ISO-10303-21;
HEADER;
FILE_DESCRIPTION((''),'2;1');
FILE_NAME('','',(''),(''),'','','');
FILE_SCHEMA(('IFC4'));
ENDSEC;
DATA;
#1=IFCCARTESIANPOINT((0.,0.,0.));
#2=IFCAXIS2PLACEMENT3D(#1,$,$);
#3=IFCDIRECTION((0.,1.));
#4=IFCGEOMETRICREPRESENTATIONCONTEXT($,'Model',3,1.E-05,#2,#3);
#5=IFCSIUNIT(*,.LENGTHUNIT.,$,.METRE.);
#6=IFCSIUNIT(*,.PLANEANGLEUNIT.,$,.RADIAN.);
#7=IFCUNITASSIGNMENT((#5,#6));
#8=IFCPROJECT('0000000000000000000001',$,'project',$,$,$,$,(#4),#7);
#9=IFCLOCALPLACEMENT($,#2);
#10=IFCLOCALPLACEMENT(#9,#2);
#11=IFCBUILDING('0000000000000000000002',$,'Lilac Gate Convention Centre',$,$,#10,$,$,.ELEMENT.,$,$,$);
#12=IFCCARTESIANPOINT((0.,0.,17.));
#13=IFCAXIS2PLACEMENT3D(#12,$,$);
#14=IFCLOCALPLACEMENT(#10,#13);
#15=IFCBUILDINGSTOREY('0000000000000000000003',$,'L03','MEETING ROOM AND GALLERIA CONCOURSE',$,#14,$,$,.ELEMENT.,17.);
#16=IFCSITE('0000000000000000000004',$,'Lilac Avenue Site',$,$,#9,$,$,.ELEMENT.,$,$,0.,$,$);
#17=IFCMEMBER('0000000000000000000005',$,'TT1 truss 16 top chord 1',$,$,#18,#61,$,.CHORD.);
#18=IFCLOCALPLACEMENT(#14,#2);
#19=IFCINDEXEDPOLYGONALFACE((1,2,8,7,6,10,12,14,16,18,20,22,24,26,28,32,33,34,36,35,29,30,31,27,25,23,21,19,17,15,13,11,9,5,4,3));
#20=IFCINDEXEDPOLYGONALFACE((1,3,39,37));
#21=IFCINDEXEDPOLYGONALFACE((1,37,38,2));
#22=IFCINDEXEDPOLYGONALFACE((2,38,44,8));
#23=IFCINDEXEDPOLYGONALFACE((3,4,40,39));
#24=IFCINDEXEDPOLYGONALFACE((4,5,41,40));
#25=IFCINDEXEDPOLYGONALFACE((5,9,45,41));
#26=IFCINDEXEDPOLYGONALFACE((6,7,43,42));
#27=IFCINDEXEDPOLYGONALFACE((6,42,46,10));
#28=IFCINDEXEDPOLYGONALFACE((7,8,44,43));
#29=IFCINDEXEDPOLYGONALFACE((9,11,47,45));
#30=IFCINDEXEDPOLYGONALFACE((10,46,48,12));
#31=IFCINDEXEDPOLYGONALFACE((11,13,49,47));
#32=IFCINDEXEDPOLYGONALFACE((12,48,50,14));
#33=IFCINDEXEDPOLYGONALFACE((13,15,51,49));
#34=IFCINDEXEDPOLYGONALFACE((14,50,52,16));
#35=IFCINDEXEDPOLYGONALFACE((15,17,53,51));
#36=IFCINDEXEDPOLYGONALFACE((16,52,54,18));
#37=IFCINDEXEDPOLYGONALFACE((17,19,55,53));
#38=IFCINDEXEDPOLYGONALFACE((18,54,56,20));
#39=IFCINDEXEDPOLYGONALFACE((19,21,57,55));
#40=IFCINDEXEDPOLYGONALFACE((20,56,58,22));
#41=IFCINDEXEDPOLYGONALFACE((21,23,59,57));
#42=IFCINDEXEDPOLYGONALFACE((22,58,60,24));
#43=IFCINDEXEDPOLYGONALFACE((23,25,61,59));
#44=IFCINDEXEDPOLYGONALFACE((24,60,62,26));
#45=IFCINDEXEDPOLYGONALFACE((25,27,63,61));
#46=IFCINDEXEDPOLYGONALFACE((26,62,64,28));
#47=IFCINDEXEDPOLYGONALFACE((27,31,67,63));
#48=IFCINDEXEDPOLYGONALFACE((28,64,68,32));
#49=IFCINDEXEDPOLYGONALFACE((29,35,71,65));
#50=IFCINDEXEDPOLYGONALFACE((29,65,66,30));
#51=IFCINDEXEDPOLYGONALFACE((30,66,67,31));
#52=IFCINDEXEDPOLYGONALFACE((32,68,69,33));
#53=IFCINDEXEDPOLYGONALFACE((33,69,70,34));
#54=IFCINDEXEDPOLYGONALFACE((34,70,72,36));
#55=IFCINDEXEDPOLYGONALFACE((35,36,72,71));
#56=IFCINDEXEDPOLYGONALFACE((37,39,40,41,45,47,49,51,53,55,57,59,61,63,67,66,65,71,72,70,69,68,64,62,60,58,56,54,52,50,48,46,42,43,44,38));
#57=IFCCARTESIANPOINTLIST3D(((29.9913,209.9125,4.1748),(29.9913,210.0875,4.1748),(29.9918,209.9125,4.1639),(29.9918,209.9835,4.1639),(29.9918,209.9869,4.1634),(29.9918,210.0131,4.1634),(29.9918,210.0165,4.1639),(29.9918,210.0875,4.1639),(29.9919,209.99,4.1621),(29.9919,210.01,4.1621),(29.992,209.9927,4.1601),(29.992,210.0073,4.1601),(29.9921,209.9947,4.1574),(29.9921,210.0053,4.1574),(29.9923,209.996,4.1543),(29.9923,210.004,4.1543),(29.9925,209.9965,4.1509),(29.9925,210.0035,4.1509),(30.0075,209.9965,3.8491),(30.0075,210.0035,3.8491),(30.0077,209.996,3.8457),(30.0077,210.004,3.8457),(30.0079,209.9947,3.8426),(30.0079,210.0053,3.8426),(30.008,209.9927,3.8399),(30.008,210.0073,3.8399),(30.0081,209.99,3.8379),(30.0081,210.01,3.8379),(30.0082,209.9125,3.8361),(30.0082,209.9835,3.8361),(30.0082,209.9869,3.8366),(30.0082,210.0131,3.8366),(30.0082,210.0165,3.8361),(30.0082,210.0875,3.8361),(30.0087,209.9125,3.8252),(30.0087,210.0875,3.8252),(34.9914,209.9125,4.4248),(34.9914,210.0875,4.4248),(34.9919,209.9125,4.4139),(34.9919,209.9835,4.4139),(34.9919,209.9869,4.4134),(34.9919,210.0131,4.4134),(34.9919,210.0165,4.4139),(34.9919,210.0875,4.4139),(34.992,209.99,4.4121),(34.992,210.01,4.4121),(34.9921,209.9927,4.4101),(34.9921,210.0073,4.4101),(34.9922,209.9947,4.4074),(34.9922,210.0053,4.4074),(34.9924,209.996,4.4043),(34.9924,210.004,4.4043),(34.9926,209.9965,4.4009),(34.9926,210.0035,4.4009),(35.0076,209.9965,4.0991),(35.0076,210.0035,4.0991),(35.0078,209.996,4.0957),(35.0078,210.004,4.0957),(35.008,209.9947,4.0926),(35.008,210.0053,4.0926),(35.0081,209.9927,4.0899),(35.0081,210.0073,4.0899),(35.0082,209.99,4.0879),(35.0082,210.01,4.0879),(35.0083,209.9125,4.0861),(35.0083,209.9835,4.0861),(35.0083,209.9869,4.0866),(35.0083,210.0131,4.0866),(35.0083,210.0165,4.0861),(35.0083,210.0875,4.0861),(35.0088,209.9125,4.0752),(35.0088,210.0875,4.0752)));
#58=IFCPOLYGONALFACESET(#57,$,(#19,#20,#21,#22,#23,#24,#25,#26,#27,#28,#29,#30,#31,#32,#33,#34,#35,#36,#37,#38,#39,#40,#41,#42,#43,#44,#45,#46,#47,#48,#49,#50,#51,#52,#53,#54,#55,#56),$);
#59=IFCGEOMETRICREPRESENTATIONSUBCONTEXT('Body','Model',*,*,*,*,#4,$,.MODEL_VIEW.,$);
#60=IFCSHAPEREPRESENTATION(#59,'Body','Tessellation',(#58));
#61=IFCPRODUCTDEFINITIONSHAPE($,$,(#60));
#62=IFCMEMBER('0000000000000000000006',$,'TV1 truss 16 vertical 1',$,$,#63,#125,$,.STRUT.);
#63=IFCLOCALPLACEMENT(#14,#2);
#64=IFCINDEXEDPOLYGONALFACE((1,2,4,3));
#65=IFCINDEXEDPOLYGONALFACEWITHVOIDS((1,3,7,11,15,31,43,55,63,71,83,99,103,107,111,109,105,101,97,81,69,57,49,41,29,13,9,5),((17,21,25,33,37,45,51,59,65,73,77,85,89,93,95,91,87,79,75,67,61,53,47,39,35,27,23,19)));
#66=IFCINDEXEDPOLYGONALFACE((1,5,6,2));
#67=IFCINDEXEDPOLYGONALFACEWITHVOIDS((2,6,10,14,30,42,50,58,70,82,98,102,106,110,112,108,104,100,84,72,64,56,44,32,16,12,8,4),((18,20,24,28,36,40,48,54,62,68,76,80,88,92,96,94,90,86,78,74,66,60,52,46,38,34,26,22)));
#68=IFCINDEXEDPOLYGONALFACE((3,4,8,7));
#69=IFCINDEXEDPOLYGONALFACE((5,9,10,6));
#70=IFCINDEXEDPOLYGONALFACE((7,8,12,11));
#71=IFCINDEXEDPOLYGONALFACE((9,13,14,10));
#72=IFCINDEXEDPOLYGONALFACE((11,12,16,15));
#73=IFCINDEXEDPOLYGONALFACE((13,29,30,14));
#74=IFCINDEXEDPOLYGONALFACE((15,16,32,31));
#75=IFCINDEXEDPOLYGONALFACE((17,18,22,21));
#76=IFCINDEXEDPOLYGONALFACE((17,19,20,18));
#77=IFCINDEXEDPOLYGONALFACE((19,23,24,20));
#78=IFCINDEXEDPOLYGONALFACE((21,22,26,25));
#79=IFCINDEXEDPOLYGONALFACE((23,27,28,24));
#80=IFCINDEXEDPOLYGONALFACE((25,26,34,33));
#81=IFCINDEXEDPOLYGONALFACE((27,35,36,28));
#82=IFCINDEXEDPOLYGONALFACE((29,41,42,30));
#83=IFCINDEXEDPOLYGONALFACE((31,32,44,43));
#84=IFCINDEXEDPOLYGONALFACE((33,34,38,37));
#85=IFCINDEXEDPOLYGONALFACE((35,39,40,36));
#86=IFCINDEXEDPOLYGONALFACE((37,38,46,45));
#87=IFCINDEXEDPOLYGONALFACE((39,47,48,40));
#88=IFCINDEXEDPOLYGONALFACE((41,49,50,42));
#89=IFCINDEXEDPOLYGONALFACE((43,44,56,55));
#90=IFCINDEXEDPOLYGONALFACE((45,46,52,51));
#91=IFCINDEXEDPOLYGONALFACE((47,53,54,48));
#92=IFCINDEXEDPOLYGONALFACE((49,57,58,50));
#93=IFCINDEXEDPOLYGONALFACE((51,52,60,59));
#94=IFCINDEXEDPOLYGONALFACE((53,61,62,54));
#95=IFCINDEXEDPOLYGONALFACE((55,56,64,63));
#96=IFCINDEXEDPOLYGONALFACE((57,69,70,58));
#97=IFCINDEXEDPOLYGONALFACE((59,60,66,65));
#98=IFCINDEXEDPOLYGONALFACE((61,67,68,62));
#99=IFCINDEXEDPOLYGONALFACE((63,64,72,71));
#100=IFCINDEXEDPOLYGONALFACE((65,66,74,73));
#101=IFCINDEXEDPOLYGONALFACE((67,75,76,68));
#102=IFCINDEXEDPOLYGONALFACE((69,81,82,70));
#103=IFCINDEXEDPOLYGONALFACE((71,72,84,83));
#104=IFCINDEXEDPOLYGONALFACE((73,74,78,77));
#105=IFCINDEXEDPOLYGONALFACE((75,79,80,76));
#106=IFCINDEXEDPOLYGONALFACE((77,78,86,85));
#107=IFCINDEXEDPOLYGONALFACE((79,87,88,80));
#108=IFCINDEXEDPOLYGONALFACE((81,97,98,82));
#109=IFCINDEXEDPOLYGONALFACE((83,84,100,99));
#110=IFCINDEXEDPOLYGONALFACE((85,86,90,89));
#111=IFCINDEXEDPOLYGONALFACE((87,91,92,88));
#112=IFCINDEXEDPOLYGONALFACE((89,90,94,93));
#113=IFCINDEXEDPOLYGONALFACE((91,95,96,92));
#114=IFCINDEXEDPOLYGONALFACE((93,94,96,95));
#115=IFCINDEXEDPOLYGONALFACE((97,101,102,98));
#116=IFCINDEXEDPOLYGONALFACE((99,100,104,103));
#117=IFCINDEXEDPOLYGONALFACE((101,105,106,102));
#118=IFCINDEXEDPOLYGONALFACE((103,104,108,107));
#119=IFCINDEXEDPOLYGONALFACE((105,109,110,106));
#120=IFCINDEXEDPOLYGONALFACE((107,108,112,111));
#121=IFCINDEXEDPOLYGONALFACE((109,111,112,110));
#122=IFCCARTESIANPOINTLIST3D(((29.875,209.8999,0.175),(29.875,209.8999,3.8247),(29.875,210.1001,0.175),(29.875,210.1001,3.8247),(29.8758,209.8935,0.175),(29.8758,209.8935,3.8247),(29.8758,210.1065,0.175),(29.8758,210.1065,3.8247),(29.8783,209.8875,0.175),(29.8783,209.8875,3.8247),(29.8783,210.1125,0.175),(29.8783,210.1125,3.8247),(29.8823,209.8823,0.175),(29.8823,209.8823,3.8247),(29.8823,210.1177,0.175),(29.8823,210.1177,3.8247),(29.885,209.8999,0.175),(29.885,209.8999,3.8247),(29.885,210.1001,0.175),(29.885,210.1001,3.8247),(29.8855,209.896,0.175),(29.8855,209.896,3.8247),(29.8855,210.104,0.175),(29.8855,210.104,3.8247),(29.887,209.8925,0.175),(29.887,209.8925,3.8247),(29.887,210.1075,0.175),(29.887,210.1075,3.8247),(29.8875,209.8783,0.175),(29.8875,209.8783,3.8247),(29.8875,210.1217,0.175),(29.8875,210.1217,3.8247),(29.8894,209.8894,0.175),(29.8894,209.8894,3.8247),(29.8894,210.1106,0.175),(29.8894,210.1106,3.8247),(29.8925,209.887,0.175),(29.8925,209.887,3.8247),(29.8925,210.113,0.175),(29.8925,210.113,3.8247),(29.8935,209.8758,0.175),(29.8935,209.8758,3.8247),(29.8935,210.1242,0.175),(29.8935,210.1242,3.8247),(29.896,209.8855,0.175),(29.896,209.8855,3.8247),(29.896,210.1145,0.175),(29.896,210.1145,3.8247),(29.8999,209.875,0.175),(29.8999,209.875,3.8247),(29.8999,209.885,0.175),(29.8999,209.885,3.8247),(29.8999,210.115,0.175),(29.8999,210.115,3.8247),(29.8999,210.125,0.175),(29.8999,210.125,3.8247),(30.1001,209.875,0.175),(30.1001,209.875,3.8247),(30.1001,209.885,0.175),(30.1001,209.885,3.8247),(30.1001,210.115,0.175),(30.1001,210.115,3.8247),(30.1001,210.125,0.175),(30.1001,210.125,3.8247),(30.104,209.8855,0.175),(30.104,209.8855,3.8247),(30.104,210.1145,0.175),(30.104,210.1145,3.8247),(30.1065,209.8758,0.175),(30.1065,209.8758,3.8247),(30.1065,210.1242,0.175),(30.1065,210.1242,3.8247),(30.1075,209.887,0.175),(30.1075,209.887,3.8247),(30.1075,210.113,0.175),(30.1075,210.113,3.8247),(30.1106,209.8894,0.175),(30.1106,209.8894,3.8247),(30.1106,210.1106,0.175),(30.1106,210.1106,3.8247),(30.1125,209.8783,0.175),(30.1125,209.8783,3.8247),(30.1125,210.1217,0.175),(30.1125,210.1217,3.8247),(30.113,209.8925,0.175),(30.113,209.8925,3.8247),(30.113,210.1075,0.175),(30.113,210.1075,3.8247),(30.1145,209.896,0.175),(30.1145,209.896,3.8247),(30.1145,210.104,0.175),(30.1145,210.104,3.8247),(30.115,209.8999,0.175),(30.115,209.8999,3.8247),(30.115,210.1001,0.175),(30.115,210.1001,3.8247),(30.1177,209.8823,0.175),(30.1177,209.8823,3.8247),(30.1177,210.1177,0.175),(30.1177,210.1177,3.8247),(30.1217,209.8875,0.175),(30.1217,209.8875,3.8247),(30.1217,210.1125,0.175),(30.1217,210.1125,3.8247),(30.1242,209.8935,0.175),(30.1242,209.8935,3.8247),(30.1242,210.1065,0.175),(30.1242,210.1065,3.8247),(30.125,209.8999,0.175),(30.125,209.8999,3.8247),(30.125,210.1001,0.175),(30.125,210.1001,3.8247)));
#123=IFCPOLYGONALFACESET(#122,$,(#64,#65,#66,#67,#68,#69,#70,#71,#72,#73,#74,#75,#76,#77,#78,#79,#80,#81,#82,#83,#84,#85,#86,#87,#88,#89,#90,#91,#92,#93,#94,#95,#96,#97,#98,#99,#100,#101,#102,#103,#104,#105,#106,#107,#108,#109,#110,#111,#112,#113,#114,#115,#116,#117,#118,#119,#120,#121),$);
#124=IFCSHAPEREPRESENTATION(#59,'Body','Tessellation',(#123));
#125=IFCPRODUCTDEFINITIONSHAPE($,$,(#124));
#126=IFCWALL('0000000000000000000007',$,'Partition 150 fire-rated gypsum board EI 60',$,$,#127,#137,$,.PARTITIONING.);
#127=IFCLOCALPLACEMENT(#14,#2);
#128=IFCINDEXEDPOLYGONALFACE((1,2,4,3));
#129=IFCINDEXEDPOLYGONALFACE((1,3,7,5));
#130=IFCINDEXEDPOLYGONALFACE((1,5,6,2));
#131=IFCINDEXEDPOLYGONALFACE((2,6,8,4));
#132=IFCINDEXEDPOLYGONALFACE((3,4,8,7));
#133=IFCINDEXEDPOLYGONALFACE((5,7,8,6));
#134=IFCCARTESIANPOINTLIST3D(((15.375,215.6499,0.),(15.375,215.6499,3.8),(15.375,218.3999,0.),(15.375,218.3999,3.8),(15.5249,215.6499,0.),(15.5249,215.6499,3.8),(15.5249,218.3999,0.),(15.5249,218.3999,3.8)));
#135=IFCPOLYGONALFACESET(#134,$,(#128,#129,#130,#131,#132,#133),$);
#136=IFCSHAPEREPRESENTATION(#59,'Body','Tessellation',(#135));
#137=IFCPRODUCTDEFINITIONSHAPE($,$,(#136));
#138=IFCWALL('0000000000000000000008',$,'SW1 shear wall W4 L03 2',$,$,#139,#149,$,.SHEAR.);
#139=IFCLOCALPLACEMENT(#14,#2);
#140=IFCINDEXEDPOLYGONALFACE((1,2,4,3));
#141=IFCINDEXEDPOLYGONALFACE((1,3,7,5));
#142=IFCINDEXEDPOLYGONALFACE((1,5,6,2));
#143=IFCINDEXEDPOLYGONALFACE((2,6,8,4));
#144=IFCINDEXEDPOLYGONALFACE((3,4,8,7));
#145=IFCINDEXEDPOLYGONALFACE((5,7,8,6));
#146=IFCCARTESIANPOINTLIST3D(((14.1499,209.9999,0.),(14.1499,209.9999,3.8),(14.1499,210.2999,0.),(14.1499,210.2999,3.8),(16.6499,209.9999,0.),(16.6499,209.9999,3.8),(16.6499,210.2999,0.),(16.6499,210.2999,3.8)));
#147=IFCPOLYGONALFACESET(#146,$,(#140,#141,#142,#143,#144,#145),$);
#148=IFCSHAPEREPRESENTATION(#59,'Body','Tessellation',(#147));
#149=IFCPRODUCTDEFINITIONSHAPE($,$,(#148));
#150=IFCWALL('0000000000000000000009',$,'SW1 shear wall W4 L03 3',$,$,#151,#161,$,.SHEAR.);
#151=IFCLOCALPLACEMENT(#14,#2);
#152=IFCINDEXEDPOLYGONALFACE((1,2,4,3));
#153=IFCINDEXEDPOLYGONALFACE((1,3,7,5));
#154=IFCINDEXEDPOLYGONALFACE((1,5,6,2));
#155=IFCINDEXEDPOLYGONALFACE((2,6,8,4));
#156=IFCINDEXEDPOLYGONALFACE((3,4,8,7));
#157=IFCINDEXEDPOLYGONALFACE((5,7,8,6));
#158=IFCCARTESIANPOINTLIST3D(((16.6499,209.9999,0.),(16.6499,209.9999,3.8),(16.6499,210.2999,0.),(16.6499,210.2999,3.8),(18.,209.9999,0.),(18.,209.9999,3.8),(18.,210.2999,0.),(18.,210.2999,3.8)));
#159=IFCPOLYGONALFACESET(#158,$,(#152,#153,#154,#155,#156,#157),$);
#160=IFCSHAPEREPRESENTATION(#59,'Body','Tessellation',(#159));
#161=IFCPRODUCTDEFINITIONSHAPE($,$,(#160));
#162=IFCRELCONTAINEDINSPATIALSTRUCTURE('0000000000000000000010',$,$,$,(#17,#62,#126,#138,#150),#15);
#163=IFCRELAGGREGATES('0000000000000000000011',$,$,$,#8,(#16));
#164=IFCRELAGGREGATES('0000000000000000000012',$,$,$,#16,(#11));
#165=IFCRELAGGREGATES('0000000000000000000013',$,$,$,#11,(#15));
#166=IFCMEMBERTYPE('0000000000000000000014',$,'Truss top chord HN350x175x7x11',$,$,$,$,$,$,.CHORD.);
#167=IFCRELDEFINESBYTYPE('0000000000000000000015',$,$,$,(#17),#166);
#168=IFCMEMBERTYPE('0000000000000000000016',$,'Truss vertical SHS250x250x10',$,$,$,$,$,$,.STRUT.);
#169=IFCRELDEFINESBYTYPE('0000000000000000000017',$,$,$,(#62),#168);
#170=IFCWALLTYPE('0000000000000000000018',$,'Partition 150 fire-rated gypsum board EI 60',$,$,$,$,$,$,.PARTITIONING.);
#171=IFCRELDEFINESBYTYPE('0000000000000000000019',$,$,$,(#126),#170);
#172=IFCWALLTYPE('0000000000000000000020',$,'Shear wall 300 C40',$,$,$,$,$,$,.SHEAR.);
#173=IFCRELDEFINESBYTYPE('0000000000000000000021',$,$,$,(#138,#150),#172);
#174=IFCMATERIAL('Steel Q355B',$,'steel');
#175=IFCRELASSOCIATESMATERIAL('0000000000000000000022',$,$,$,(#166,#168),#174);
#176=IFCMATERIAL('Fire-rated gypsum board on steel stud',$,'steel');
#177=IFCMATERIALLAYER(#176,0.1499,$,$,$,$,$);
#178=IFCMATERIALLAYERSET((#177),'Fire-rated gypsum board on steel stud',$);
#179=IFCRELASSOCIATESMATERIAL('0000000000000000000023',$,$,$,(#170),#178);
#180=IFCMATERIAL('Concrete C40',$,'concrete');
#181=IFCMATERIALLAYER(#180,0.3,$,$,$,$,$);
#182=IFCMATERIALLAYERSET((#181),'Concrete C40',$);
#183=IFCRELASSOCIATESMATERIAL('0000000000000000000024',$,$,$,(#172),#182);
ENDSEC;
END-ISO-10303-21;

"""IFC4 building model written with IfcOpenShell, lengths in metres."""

from ifc_helpers import new_model, si_unit, direction, frame, frame_2d, origin, origin_2d, place, context, subcontext, project, spatial, rectangle, hollow_rectangle, i_section, extrude, material, layer, layer_set, material_profile, profile_set, type_object, element, save


model = new_model("IFC4")

# Units and contexts
model_context = context("Model", 3, precision=1e-05, world=origin(), true_north=direction((0.0, 1.0)))
body_context = subcontext(model_context, "Body", "Model", "MODEL_VIEW")
ifc_project = project(units=[si_unit("LENGTHUNIT", "METRE"), si_unit("PLANEANGLEUNIT", "RADIAN")], contexts=[model_context])

# Site, building, storey
site_placement = place(None, origin())
site = spatial("IfcSite", under=ifc_project, at=site_placement, Name="Lilac Avenue Site", CompositionType="ELEMENT", RefElevation=0.0)
building_placement = place(site_placement, origin())
building = spatial("IfcBuilding", under=site, at=building_placement, Name="Lilac Gate Convention Centre", CompositionType="ELEMENT")
storey_placement = place(building_placement, frame((0.0, 0.0, 17.0)))
storey = spatial("IfcBuildingStorey", under=building, at=storey_placement, Name="L03", Description="MEETING ROOM AND GALLERIA CONCOURSE", CompositionType="ELEMENT", Elevation=17.0)

# Shared definitions
ifc_material_1 = material(Name="Steel Q355B", Category="steel")

# Shared definitions
ifc_material_2 = material(Name="Concrete C40", Category="concrete")

# Members
ifc_material_profile_1 = material_profile(ifc_material_1, i_section(OverallWidth=0.175, OverallDepth=0.3501, WebThickness=0.0071, FlangeThickness=0.011, FilletRadius=0.0129, at=origin_2d()), Name="HN350x175x7x11")
ifc_profile_set_1 = profile_set([ifc_material_profile_1], Name="Steel Q355B")
member_type_1 = type_object("IfcMemberType", Name="Truss top chord HN350x175x7x11", PredefinedType="CHORD", material=ifc_profile_set_1)
member_1_placement = place(storey_placement, frame((30.0, 210.0, 4.0), z_axis=(0.998752, 0.0, 0.049938), x_axis=(0.0, 1.0, 0.0)))
element("IfcMember", 1, at=member_1_placement, inside=storey, type_object=member_type_1, Name="TT1 truss 16 top chord 1", PredefinedType="CHORD", context=body_context, shape_type="SweptSolid", body=[
    extrude(i_section(OverallWidth=0.175, OverallDepth=0.3501, WebThickness=0.0071, FlangeThickness=0.011, FilletRadius=0.0129, at=origin_2d()), origin(), (0.0, 0.0, 1.0), 5.0063),
])
ifc_material_profile_2 = material_profile(ifc_material_1, hollow_rectangle(XDim=0.25, YDim=0.25, WallThickness=0.01, InnerFilletRadius=0.0149, OuterFilletRadius=0.0249, at=origin_2d()), Name="SHS250x250x10")
ifc_profile_set_2 = profile_set([ifc_material_profile_2], Name="Steel Q355B")
member_type_2 = type_object("IfcMemberType", Name="Truss vertical SHS250x250x10", PredefinedType="STRUT", material=ifc_profile_set_2)
member_2_placement = place(storey_placement, frame((30.0, 210.0, 0.175), z_axis=(0.0, 0.0, 1.0), x_axis=(1.0, 0.0, 0.0)))
element("IfcMember", 2, at=member_2_placement, inside=storey, type_object=member_type_2, Name="TV1 truss 16 vertical 1", PredefinedType="STRUT", context=body_context, shape_type="SweptSolid", body=[
    extrude(hollow_rectangle(XDim=0.25, YDim=0.25, WallThickness=0.01, InnerFilletRadius=0.0149, OuterFilletRadius=0.0249, at=origin_2d()), origin(), (0.0, 0.0, 1.0), 3.6497),
])

# Walls
ifc_material_3 = material(Name="Fire-rated gypsum board on steel stud", Category="steel")
ifc_layer_1 = layer(ifc_material_3, 0.1499)
ifc_layer_set_1 = layer_set([ifc_layer_1], Name="Fire-rated gypsum board on steel stud")
wall_type_1 = type_object("IfcWallType", Name="Partition 150 fire-rated gypsum board EI 60", PredefinedType="PARTITIONING", material=ifc_layer_set_1)
wall_1_placement = place(storey_placement, frame((15.45, 215.6499, 0.0), z_axis=(0.0, 0.0, 1.0), x_axis=(0.0, 1.0, 0.0)))
element("IfcWall", 3, at=wall_1_placement, inside=storey, type_object=wall_type_1, Name="Partition 150 fire-rated gypsum board EI 60", PredefinedType="PARTITIONING", context=body_context, shape_type="SweptSolid", body=[
    extrude(rectangle(XDim=2.75, YDim=0.1499, at=frame_2d((1.375, 0.0))), origin(), (0.0, 0.0, 1.0), 3.8),
])
ifc_layer_2 = layer(ifc_material_2, 0.3)
ifc_layer_set_2 = layer_set([ifc_layer_2], Name="Concrete C40")
wall_type_2 = type_object("IfcWallType", Name="Shear wall 300 C40", PredefinedType="SHEAR", material=ifc_layer_set_2)
wall_2_placement = place(storey_placement, frame((14.1499, 210.1499, 0.0), z_axis=(0.0, 0.0, 1.0), x_axis=(1.0, 0.0, 0.0)))
element("IfcWall", 4, at=wall_2_placement, inside=storey, type_object=wall_type_2, Name="SW1 shear wall W4 L03 2", PredefinedType="SHEAR", context=body_context, shape_type="SweptSolid", body=[
    extrude(rectangle(XDim=2.5, YDim=0.3, at=frame_2d((1.25, 0.0))), origin(), (0.0, 0.0, 1.0), 3.8),
])
wall_3_placement = place(storey_placement, frame((16.6499, 210.1499, 0.0), z_axis=(0.0, 0.0, 1.0), x_axis=(1.0, 0.0, 0.0)))
element("IfcWall", 5, at=wall_3_placement, inside=storey, type_object=wall_type_2, Name="SW1 shear wall W4 L03 3", PredefinedType="SHEAR", context=body_context, shape_type="SweptSolid", body=[
    extrude(rectangle(XDim=1.3501, YDim=0.3, at=frame_2d((0.675, 0.0))), origin(), (0.0, 0.0, 1.0), 3.8),
])

save(model, "model.ifc")
